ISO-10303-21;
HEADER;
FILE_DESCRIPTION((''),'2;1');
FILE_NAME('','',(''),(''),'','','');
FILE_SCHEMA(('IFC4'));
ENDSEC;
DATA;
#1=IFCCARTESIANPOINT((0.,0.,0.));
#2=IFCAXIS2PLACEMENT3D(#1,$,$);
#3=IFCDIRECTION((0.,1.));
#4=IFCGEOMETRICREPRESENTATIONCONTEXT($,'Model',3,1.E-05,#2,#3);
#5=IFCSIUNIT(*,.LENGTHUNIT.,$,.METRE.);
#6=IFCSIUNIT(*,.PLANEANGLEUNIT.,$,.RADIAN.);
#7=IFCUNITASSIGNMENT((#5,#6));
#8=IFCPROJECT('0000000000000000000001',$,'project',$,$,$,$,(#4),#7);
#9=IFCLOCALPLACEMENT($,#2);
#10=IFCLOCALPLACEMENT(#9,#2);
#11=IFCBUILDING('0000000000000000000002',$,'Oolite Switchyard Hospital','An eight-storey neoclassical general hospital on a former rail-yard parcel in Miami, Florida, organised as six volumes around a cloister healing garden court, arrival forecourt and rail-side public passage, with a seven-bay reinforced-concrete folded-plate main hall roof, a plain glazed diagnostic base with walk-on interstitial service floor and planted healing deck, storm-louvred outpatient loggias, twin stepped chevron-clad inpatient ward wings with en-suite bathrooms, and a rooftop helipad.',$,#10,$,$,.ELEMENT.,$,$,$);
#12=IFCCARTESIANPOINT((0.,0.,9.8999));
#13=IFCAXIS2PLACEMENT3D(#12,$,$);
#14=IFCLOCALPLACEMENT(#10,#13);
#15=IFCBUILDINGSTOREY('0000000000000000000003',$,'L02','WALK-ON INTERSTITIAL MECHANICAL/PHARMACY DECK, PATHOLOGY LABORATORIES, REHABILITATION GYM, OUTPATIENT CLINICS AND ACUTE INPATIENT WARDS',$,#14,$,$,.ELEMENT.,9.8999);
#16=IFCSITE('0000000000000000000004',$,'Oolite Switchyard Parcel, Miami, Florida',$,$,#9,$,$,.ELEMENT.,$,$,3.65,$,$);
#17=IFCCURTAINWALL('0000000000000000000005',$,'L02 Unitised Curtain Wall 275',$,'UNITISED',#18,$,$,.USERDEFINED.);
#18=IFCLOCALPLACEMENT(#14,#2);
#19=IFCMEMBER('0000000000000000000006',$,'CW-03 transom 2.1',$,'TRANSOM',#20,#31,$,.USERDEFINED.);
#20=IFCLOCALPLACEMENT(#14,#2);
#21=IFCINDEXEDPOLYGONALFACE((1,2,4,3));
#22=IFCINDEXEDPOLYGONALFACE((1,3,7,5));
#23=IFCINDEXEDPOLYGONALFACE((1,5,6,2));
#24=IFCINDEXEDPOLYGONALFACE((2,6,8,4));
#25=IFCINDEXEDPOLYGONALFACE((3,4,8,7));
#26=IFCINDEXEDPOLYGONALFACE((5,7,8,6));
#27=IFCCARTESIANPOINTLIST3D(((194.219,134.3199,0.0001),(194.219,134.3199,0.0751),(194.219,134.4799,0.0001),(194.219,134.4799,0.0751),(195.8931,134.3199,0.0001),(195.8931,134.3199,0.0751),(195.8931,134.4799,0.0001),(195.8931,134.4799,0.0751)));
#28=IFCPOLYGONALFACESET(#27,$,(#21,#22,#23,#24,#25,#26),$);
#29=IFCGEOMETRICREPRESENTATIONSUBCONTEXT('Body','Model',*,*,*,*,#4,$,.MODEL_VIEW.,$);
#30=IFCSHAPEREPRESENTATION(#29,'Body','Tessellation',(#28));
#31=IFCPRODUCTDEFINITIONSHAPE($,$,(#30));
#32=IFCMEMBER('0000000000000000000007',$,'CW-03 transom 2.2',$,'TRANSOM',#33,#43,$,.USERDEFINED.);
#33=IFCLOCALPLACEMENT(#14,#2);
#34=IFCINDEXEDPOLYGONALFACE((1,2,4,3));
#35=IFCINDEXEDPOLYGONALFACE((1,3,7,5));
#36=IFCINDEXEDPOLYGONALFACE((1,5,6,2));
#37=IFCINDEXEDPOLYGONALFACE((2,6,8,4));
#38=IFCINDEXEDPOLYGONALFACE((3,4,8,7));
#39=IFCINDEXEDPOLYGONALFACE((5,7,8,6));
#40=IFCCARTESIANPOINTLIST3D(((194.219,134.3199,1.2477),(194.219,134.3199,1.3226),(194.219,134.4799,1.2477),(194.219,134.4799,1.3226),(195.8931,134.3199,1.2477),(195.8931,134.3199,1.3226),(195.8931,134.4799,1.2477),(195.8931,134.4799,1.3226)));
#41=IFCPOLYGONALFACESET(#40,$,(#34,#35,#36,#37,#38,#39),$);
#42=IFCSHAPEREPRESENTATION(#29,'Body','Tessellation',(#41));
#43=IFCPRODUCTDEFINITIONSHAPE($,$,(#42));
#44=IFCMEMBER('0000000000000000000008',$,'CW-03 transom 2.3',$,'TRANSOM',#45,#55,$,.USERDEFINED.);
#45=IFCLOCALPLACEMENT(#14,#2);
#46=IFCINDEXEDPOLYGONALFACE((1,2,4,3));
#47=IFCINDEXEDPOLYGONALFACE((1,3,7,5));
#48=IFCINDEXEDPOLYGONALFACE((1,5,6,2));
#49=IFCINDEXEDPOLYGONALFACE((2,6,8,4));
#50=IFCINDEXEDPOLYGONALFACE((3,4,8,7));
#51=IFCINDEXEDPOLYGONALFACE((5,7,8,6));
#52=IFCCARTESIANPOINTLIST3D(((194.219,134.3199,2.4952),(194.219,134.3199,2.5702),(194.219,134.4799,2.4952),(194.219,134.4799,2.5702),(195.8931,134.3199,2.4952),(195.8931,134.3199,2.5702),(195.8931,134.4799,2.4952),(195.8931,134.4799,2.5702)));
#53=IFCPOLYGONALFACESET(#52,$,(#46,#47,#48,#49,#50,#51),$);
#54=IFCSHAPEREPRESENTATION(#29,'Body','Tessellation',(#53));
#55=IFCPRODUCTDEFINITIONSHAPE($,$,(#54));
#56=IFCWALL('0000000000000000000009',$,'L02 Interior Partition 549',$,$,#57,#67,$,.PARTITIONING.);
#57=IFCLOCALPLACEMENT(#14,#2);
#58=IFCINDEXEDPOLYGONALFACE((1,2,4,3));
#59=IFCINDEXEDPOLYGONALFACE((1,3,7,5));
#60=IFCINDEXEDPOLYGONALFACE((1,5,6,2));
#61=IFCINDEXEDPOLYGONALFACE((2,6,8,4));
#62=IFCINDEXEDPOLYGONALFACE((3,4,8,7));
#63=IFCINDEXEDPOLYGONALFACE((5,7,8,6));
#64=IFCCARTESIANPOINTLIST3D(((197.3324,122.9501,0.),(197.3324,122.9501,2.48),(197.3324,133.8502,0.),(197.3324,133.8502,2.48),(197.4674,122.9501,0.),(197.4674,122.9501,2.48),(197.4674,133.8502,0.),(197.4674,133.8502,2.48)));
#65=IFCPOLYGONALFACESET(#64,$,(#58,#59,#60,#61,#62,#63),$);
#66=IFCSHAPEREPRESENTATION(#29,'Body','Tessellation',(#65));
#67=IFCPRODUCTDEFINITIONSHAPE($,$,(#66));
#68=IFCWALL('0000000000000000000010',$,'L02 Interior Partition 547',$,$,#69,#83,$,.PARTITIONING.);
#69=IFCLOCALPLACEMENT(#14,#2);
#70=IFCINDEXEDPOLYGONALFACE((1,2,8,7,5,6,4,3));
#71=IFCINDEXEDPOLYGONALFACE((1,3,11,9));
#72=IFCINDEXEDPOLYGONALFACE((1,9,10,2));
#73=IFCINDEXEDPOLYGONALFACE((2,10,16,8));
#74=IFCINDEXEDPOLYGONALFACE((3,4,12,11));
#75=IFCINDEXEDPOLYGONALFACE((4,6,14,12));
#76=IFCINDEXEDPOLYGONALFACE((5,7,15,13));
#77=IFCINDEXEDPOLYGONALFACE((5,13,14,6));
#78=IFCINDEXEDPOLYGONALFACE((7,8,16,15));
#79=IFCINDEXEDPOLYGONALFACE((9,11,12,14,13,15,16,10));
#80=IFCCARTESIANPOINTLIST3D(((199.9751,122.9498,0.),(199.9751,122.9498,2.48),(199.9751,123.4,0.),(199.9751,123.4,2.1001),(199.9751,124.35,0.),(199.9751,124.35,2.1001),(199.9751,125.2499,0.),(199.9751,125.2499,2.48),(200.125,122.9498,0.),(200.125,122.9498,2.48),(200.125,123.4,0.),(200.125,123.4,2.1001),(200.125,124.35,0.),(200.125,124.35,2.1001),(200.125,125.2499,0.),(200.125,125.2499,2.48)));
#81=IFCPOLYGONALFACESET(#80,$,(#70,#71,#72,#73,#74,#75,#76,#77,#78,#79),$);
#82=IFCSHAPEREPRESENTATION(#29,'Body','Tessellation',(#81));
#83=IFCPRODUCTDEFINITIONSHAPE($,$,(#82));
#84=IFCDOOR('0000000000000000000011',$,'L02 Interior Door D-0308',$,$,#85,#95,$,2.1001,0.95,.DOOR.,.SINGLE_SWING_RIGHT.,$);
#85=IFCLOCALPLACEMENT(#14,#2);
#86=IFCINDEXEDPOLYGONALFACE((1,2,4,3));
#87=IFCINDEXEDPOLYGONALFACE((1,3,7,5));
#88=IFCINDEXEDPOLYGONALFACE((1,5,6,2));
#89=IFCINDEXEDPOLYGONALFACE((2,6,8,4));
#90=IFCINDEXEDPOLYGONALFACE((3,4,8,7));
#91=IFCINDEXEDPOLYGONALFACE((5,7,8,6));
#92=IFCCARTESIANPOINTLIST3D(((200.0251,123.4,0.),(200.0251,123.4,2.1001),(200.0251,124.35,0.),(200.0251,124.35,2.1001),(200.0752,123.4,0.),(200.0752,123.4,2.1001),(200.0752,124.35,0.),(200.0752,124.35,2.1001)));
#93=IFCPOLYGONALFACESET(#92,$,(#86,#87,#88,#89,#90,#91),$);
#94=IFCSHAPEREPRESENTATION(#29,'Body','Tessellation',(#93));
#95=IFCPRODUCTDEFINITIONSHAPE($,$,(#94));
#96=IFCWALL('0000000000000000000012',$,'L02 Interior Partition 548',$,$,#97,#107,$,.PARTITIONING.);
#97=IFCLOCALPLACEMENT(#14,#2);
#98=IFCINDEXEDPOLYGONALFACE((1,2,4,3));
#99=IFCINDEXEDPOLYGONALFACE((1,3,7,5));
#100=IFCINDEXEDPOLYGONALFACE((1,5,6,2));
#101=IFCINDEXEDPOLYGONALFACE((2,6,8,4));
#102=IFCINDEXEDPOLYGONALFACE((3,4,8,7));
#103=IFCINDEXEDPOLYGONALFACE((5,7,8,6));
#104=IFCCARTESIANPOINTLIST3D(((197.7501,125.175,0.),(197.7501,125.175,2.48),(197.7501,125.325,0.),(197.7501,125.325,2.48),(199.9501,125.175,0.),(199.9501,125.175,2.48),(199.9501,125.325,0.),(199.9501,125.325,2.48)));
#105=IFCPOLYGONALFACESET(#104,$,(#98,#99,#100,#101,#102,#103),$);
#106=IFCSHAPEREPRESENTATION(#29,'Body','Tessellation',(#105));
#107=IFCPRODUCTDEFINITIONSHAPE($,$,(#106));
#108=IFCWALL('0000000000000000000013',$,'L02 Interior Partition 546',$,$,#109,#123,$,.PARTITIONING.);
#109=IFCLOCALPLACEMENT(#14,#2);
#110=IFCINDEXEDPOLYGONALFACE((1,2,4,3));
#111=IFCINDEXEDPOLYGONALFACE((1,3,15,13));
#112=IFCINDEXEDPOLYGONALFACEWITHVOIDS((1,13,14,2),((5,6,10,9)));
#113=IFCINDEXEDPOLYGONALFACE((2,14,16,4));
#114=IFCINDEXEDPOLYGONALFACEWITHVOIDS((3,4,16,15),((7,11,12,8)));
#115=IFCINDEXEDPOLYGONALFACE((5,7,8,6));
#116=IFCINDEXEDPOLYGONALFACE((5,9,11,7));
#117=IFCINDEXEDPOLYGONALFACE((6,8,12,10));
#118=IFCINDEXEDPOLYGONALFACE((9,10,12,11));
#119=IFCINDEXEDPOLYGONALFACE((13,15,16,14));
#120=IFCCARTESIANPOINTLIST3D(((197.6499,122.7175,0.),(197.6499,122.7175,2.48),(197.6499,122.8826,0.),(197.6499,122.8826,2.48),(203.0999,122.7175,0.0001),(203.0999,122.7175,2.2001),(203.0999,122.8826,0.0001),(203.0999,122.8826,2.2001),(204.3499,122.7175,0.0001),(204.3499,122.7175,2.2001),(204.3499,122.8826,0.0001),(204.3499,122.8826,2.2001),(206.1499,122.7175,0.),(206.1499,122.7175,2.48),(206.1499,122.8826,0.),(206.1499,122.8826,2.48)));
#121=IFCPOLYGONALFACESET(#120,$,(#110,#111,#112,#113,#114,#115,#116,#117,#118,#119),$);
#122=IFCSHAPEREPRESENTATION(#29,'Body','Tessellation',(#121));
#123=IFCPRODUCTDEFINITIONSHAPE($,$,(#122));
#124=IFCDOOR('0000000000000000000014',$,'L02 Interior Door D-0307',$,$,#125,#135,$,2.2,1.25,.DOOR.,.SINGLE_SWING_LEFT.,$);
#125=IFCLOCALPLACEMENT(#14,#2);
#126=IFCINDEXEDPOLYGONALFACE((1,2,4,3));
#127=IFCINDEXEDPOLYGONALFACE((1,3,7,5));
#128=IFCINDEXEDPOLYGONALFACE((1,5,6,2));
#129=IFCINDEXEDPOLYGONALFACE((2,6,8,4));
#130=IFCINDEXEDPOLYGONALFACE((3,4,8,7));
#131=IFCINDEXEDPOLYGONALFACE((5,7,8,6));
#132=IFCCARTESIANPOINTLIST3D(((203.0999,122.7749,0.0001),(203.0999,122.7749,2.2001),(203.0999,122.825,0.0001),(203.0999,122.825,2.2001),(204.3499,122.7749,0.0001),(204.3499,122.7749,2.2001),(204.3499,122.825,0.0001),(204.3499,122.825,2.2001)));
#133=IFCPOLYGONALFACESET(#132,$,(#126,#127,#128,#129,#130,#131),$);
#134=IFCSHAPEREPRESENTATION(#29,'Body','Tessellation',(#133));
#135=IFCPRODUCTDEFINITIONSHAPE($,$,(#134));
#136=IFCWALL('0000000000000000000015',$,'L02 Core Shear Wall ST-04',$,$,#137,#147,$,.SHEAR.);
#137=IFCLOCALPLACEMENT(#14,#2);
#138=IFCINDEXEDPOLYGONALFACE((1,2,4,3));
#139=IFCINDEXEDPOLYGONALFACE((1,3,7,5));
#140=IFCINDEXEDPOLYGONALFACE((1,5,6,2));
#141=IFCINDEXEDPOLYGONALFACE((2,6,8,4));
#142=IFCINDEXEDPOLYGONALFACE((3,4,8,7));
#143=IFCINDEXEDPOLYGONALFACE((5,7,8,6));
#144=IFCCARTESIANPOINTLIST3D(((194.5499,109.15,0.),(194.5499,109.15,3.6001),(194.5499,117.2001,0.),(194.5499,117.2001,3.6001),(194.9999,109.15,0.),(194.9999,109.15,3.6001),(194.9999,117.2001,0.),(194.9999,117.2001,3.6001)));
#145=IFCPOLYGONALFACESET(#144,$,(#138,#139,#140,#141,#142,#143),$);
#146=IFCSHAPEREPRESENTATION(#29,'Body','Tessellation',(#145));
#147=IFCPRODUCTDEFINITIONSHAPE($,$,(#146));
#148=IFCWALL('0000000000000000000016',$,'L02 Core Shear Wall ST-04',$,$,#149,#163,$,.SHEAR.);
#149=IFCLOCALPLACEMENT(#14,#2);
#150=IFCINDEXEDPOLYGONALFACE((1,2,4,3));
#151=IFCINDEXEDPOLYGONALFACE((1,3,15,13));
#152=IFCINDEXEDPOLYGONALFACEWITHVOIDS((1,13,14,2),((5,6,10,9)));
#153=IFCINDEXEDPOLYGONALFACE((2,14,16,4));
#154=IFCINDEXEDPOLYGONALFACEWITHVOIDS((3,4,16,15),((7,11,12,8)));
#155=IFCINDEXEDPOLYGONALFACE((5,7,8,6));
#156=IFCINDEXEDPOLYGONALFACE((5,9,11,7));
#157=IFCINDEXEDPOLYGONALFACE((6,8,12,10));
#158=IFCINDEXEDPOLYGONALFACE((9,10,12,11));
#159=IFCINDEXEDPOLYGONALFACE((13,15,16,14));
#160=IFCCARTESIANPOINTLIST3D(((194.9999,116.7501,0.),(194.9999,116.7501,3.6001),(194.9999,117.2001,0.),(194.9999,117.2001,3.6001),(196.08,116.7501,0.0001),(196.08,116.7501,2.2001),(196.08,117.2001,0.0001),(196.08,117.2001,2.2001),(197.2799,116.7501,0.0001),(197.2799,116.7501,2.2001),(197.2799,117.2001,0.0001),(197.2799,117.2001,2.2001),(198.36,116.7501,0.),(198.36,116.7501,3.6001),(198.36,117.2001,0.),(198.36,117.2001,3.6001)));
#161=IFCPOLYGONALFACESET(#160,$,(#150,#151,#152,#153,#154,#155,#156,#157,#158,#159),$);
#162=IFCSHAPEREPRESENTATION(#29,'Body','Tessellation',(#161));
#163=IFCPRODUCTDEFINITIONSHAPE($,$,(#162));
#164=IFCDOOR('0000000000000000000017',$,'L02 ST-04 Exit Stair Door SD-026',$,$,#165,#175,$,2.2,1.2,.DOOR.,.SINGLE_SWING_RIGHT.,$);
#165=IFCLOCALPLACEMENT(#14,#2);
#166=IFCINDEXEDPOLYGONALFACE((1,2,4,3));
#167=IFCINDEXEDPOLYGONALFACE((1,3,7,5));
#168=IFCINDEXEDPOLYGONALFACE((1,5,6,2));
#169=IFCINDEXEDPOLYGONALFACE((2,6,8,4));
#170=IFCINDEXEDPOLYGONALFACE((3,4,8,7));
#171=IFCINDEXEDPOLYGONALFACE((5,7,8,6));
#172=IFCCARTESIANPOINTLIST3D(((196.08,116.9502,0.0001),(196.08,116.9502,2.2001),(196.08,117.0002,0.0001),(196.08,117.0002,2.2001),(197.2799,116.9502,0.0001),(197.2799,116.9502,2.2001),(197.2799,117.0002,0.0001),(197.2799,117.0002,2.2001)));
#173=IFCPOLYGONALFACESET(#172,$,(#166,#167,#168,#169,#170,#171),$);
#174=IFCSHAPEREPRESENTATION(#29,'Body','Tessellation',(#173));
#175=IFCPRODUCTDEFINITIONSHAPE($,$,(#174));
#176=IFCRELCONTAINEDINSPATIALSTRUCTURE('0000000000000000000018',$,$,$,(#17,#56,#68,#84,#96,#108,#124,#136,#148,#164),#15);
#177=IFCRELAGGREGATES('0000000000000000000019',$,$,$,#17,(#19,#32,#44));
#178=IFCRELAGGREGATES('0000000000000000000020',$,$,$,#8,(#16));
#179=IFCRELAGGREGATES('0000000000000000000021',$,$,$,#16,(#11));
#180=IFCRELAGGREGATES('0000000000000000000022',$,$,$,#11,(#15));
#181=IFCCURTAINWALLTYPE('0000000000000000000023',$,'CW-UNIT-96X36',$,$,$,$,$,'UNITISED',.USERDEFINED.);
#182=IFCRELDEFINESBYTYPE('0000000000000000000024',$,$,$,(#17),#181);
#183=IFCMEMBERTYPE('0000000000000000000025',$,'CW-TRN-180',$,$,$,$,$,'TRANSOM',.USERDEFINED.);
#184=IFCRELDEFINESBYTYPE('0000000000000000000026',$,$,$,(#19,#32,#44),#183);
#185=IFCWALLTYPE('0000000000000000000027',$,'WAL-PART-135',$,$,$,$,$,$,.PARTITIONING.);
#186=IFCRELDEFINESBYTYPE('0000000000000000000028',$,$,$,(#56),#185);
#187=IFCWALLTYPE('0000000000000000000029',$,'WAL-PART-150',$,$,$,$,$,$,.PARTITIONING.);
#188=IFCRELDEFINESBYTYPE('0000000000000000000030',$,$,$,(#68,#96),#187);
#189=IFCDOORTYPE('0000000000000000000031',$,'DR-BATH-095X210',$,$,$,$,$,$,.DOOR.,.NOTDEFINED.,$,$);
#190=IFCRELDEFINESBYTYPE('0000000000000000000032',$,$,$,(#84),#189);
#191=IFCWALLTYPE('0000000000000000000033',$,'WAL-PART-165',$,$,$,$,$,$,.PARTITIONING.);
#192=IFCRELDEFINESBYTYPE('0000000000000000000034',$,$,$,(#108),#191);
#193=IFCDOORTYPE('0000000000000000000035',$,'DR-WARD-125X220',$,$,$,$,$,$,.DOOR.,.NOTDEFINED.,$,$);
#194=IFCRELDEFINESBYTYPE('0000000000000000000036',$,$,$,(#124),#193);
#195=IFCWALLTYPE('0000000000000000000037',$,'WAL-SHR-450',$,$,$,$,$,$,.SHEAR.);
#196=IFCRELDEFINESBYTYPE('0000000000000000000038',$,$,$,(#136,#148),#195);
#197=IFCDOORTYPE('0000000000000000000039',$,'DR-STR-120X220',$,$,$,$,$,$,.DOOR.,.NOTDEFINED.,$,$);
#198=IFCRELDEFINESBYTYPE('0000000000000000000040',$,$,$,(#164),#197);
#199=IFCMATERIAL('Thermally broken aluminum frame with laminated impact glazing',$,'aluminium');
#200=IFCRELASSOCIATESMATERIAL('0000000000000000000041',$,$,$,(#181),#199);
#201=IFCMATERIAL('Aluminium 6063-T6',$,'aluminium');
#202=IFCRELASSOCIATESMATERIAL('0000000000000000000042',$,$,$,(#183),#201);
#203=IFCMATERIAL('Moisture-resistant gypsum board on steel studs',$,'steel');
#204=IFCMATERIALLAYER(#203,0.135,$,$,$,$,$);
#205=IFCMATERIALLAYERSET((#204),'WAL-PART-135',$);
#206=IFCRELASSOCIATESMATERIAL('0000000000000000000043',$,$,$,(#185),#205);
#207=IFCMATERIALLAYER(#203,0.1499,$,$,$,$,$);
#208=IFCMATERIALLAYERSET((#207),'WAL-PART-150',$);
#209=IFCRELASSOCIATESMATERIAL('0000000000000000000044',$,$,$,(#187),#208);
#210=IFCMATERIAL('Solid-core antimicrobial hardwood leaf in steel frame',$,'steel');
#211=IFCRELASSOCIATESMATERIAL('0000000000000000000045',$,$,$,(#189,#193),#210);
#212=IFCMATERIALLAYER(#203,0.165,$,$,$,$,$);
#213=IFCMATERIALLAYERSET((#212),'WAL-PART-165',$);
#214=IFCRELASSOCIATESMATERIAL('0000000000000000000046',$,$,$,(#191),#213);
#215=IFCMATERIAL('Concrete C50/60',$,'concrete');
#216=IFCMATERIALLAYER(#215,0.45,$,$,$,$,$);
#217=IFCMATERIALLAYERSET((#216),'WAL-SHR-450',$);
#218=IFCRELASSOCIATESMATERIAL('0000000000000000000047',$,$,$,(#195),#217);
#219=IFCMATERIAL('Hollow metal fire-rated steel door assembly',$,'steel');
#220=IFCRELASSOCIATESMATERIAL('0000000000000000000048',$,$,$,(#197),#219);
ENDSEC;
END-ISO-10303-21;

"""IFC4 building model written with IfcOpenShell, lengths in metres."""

from ifc_helpers import new_model, si_unit, direction, frame, frame_2d, origin, origin_2d, place, context, subcontext, project, spatial, rectangle, extrude, material, layer, layer_set, material_profile, profile_set, type_object, element, fill, aggregate, save


model = new_model("IFC4")

# Units and contexts
model_context = context("Model", 3, precision=1e-05, world=origin(), true_north=direction((0.0, 1.0)))
body_context = subcontext(model_context, "Body", "Model", "MODEL_VIEW")
ifc_project = project(units=[si_unit("LENGTHUNIT", "METRE"), si_unit("PLANEANGLEUNIT", "RADIAN")], contexts=[model_context])

# Site, building, storey
site_placement = place(None, origin())
site = spatial("IfcSite", under=ifc_project, at=site_placement, Name="Oolite Switchyard Parcel, Miami, Florida", CompositionType="ELEMENT", RefElevation=3.65)
building_placement = place(site_placement, origin())
building = spatial("IfcBuilding", under=site, at=building_placement, Name="Oolite Switchyard Hospital", Description="An eight-storey neoclassical general hospital on a former rail-yard parcel in Miami, Florida, organised as six volumes around a cloister healing garden court, arrival forecourt and rail-side public passage, with a seven-bay reinforced-concrete folded-plate main hall roof, a plain glazed diagnostic base with walk-on interstitial service floor and planted healing deck, storm-louvred outpatient loggias, twin stepped chevron-clad inpatient ward wings with en-suite bathrooms, and a rooftop helipad.", CompositionType="ELEMENT")
storey_placement = place(building_placement, frame((0.0, 0.0, 9.8999)))
storey = spatial("IfcBuildingStorey", under=building, at=storey_placement, Name="L02", Description="WALK-ON INTERSTITIAL MECHANICAL/PHARMACY DECK, PATHOLOGY LABORATORIES, REHABILITATION GYM, OUTPATIENT CLINICS AND ACUTE INPATIENT WARDS", CompositionType="ELEMENT", Elevation=9.8999)

# Shared definitions
ifc_material_1 = material(Name="Concrete C50/60", Category="concrete")

# Curtain wall, members
ifc_material_2 = material(Name="Thermally broken aluminum frame with laminated impact glazing", Category="aluminium")
curtain_wall_type = type_object("IfcCurtainWallType", Name="CW-UNIT-96X36", ElementType="UNITISED", PredefinedType="USERDEFINED", material=ifc_material_2)
curtain_wall_placement = place(storey_placement, origin())
curtain_wall = element("IfcCurtainWall", 1, at=curtain_wall_placement, inside=storey, type_object=curtain_wall_type, Name="L02 Unitised Curtain Wall 275", ObjectType="UNITISED", PredefinedType="USERDEFINED")
ifc_material_3 = material(Name="Aluminium 6063-T6", Category="aluminium")
ifc_material_profile_1 = material_profile(ifc_material_3, rectangle(XDim=0.1599, YDim=0.075, at=origin_2d()), Name="CWT75X160")
ifc_profile_set_1 = profile_set([ifc_material_profile_1], Name="Aluminium 6063-T6")
member_type_1 = type_object("IfcMemberType", Name="CW-TRN-180", ElementType="TRANSOM", PredefinedType="USERDEFINED", material=ifc_profile_set_1)
member_1_placement = place(storey_placement, frame((194.219, 134.3999, 0.0376), z_axis=(1.0, 0.0, 0.0), x_axis=(0.0, 1.0, 0.0)))
member_1 = element("IfcMember", 2, at=member_1_placement, type_object=member_type_1, Name="CW-03 transom 2.1", ObjectType="TRANSOM", PredefinedType="USERDEFINED", context=body_context, shape_type="SweptSolid", body=[
    extrude(rectangle(XDim=0.1599, YDim=0.075, at=origin_2d()), origin(), (0.0, 0.0, 1.0), 1.6741),
])
member_2_placement = place(storey_placement, frame((194.219, 134.3999, 1.2852), z_axis=(1.0, 0.0, 0.0), x_axis=(0.0, 1.0, 0.0)))
member_2 = element("IfcMember", 3, at=member_2_placement, type_object=member_type_1, Name="CW-03 transom 2.2", ObjectType="TRANSOM", PredefinedType="USERDEFINED", context=body_context, shape_type="SweptSolid", body=[
    extrude(rectangle(XDim=0.1599, YDim=0.075, at=origin_2d()), origin(), (0.0, 0.0, 1.0), 1.6741),
])
member_3_placement = place(storey_placement, frame((194.219, 134.3999, 2.5327), z_axis=(1.0, 0.0, 0.0), x_axis=(0.0, 1.0, 0.0)))
member_3 = element("IfcMember", 4, at=member_3_placement, type_object=member_type_1, Name="CW-03 transom 2.3", ObjectType="TRANSOM", PredefinedType="USERDEFINED", context=body_context, shape_type="SweptSolid", body=[
    extrude(rectangle(XDim=0.1599, YDim=0.075, at=origin_2d()), origin(), (0.0, 0.0, 1.0), 1.6741),
])
aggregate(curtain_wall, [member_1, member_2, member_3])

# Wall
ifc_material_4 = material(Name="Moisture-resistant gypsum board on steel studs", Category="steel")
ifc_layer_1 = layer(ifc_material_4, 0.135)
ifc_layer_set_1 = layer_set([ifc_layer_1], Name="WAL-PART-135")
wall_type_1 = type_object("IfcWallType", Name="WAL-PART-135", PredefinedType="PARTITIONING", material=ifc_layer_set_1)
wall_1_placement = place(storey_placement, frame((197.3999, 122.95, 0.0), z_axis=(0.0, 0.0, 1.0), x_axis=(0.0, 1.0, 0.0)))
element("IfcWall", 5, at=wall_1_placement, inside=storey, type_object=wall_type_1, Name="L02 Interior Partition 549", PredefinedType="PARTITIONING", context=body_context, shape_type="SweptSolid", body=[
    extrude(rectangle(XDim=10.9001, YDim=0.135, at=frame_2d((5.4502, 0.0))), origin(), (0.0, 0.0, 1.0), 2.48),
])

# Wall, opening, door
ifc_layer_2 = layer(ifc_material_4, 0.1499)
ifc_layer_set_2 = layer_set([ifc_layer_2], Name="WAL-PART-150")
wall_type_2 = type_object("IfcWallType", Name="WAL-PART-150", PredefinedType="PARTITIONING", material=ifc_layer_set_2)
wall_2_placement = place(storey_placement, frame((200.05, 122.95, 0.0), z_axis=(0.0, 0.0, 1.0), x_axis=(0.0, 1.0, 0.0)))
wall_2 = element("IfcWall", 6, at=wall_2_placement, inside=storey, type_object=wall_type_2, Name="L02 Interior Partition 547", PredefinedType="PARTITIONING", context=body_context, shape_type="SweptSolid", body=[
    extrude(rectangle(XDim=2.3, YDim=0.1499, at=frame_2d((1.1499, 0.0))), origin(), (0.0, 0.0, 1.0), 2.48),
])
opening_1_placement = place(wall_2_placement, frame((0.45, 0.0, 0.0)))
opening_1 = element("IfcOpeningElement", 7, at=opening_1_placement, cuts=wall_2, PredefinedType="OPENING", context=body_context, shape_type="SweptSolid", body=[
    extrude(rectangle(XDim=0.95, YDim=2.1001, at=frame_2d((0.4751, 1.05))), frame((0.0, 0.085, 0.0), z_axis=(0.0, -1.0, 0.0), x_axis=(1.0, 0.0, 0.0)), (0.0, 0.0, 1.0), 0.1699),
])
ifc_material_5 = material(Name="Solid-core antimicrobial hardwood leaf in steel frame", Category="steel")
door_type_1 = type_object("IfcDoorType", Name="DR-BATH-095X210", OperationType="NOTDEFINED", PredefinedType="DOOR", material=ifc_material_5)
door_1_placement = place(opening_1_placement, origin())
door_1 = element("IfcDoor", 8, at=door_1_placement, inside=storey, type_object=door_type_1, Name="L02 Interior Door D-0308", OperationType="SINGLE_SWING_RIGHT", OverallHeight=2.1001, OverallWidth=0.95, PredefinedType="DOOR", context=body_context, shape_type="SweptSolid", body=[
    extrude(rectangle(XDim=0.95, YDim=2.1001, at=frame_2d((0.4751, 1.05))), frame((0.0, 0.0249, 0.0), z_axis=(0.0, -1.0, 0.0), x_axis=(1.0, 0.0, 0.0)), (0.0, 0.0, 1.0), 0.05),
])
fill(opening_1, door_1)

# Wall
wall_3_placement = place(storey_placement, frame((197.75, 125.25, 0.0), z_axis=(0.0, 0.0, 1.0), x_axis=(1.0, 0.0, 0.0)))
element("IfcWall", 9, at=wall_3_placement, inside=storey, type_object=wall_type_2, Name="L02 Interior Partition 548", PredefinedType="PARTITIONING", context=body_context, shape_type="SweptSolid", body=[
    extrude(rectangle(XDim=2.2, YDim=0.1499, at=frame_2d((1.1001, 0.0))), origin(), (0.0, 0.0, 1.0), 2.48),
])

# Wall, opening, door
ifc_layer_3 = layer(ifc_material_4, 0.165)
ifc_layer_set_3 = layer_set([ifc_layer_3], Name="WAL-PART-165")
wall_type_3 = type_object("IfcWallType", Name="WAL-PART-165", PredefinedType="PARTITIONING", material=ifc_layer_set_3)
wall_4_placement = place(storey_placement, frame((197.6499, 122.8, 0.0), z_axis=(0.0, 0.0, 1.0), x_axis=(1.0, 0.0, 0.0)))
wall_4 = element("IfcWall", 10, at=wall_4_placement, inside=storey, type_object=wall_type_3, Name="L02 Interior Partition 546", PredefinedType="PARTITIONING", context=body_context, shape_type="SweptSolid", body=[
    extrude(rectangle(XDim=8.5, YDim=0.165, at=frame_2d((4.25, 0.0))), origin(), (0.0, 0.0, 1.0), 2.48),
])
opening_2_placement = place(wall_4_placement, frame((5.45, 0.0, 0.0)))
opening_2 = element("IfcOpeningElement", 11, at=opening_2_placement, cuts=wall_4, PredefinedType="OPENING", context=body_context, shape_type="SweptSolid", body=[
    extrude(rectangle(XDim=1.25, YDim=2.2, at=frame_2d((0.625, 1.1001))), frame((0.0, 0.0925, 0.0), z_axis=(0.0, -1.0, 0.0), x_axis=(1.0, 0.0, 0.0)), (0.0, 0.0, 1.0), 0.1851),
])
door_type_2 = type_object("IfcDoorType", Name="DR-WARD-125X220", OperationType="NOTDEFINED", PredefinedType="DOOR", material=ifc_material_5)
door_2_placement = place(opening_2_placement, origin())
door_2 = element("IfcDoor", 12, at=door_2_placement, inside=storey, type_object=door_type_2, Name="L02 Interior Door D-0307", OperationType="SINGLE_SWING_LEFT", OverallHeight=2.2, OverallWidth=1.25, PredefinedType="DOOR", context=body_context, shape_type="SweptSolid", body=[
    extrude(rectangle(XDim=1.25, YDim=2.2, at=frame_2d((0.625, 1.1001))), frame((0.0, 0.0249, 0.0), z_axis=(0.0, -1.0, 0.0), x_axis=(1.0, 0.0, 0.0)), (0.0, 0.0, 1.0), 0.05),
])
fill(opening_2, door_2)

# Wall
ifc_layer_4 = layer(ifc_material_1, 0.45)
ifc_layer_set_4 = layer_set([ifc_layer_4], Name="WAL-SHR-450")
wall_type_4 = type_object("IfcWallType", Name="WAL-SHR-450", PredefinedType="SHEAR", material=ifc_layer_set_4)
wall_5_placement = place(storey_placement, frame((194.7749, 117.2, 0.0), z_axis=(0.0, 0.0, 1.0), x_axis=(0.0, -1.0, 0.0)))
element("IfcWall", 13, at=wall_5_placement, inside=storey, type_object=wall_type_4, Name="L02 Core Shear Wall ST-04", PredefinedType="SHEAR", context=body_context, shape_type="SweptSolid", body=[
    extrude(rectangle(XDim=8.05, YDim=0.45, at=frame_2d((4.0249, 0.0))), origin(), (0.0, 0.0, 1.0), 3.6001),
])

# Wall, opening, door
wall_6_placement = place(storey_placement, frame((198.3601, 116.9751, 0.0), z_axis=(0.0, 0.0, 1.0), x_axis=(-1.0, 0.0, 0.0)))
wall_6 = element("IfcWall", 14, at=wall_6_placement, inside=storey, type_object=wall_type_4, Name="L02 Core Shear Wall ST-04", PredefinedType="SHEAR", context=body_context, shape_type="SweptSolid", body=[
    extrude(rectangle(XDim=3.3601, YDim=0.45, at=frame_2d((1.6802, 0.0))), origin(), (0.0, 0.0, 1.0), 3.6001),
])
opening_3_placement = place(wall_6_placement, frame((1.0801, 0.0, 0.0)))
opening_3 = element("IfcOpeningElement", 15, at=opening_3_placement, cuts=wall_6, PredefinedType="OPENING", context=body_context, shape_type="SweptSolid", body=[
    extrude(rectangle(XDim=1.2, YDim=2.2, at=frame_2d((0.6001, 1.1001))), frame((0.0, 0.2349, 0.0), z_axis=(0.0, -1.0, 0.0), x_axis=(1.0, 0.0, 0.0)), (0.0, 0.0, 1.0), 0.47),
])
ifc_material_6 = material(Name="Hollow metal fire-rated steel door assembly", Category="steel")
door_type_3 = type_object("IfcDoorType", Name="DR-STR-120X220", OperationType="NOTDEFINED", PredefinedType="DOOR", material=ifc_material_6)
door_3_placement = place(opening_3_placement, origin())
door_3 = element("IfcDoor", 16, at=door_3_placement, inside=storey, type_object=door_type_3, Name="L02 ST-04 Exit Stair Door SD-026", OperationType="SINGLE_SWING_RIGHT", OverallHeight=2.2, OverallWidth=1.2, PredefinedType="DOOR", context=body_context, shape_type="SweptSolid", body=[
    extrude(rectangle(XDim=1.2, YDim=2.2, at=frame_2d((0.6001, 1.1001))), frame((0.0, 0.0249, 0.0), z_axis=(0.0, -1.0, 0.0), x_axis=(1.0, 0.0, 0.0)), (0.0, 0.0, 1.0), 0.05),
])
fill(opening_3, door_3)

save(model, "model.ifc")
